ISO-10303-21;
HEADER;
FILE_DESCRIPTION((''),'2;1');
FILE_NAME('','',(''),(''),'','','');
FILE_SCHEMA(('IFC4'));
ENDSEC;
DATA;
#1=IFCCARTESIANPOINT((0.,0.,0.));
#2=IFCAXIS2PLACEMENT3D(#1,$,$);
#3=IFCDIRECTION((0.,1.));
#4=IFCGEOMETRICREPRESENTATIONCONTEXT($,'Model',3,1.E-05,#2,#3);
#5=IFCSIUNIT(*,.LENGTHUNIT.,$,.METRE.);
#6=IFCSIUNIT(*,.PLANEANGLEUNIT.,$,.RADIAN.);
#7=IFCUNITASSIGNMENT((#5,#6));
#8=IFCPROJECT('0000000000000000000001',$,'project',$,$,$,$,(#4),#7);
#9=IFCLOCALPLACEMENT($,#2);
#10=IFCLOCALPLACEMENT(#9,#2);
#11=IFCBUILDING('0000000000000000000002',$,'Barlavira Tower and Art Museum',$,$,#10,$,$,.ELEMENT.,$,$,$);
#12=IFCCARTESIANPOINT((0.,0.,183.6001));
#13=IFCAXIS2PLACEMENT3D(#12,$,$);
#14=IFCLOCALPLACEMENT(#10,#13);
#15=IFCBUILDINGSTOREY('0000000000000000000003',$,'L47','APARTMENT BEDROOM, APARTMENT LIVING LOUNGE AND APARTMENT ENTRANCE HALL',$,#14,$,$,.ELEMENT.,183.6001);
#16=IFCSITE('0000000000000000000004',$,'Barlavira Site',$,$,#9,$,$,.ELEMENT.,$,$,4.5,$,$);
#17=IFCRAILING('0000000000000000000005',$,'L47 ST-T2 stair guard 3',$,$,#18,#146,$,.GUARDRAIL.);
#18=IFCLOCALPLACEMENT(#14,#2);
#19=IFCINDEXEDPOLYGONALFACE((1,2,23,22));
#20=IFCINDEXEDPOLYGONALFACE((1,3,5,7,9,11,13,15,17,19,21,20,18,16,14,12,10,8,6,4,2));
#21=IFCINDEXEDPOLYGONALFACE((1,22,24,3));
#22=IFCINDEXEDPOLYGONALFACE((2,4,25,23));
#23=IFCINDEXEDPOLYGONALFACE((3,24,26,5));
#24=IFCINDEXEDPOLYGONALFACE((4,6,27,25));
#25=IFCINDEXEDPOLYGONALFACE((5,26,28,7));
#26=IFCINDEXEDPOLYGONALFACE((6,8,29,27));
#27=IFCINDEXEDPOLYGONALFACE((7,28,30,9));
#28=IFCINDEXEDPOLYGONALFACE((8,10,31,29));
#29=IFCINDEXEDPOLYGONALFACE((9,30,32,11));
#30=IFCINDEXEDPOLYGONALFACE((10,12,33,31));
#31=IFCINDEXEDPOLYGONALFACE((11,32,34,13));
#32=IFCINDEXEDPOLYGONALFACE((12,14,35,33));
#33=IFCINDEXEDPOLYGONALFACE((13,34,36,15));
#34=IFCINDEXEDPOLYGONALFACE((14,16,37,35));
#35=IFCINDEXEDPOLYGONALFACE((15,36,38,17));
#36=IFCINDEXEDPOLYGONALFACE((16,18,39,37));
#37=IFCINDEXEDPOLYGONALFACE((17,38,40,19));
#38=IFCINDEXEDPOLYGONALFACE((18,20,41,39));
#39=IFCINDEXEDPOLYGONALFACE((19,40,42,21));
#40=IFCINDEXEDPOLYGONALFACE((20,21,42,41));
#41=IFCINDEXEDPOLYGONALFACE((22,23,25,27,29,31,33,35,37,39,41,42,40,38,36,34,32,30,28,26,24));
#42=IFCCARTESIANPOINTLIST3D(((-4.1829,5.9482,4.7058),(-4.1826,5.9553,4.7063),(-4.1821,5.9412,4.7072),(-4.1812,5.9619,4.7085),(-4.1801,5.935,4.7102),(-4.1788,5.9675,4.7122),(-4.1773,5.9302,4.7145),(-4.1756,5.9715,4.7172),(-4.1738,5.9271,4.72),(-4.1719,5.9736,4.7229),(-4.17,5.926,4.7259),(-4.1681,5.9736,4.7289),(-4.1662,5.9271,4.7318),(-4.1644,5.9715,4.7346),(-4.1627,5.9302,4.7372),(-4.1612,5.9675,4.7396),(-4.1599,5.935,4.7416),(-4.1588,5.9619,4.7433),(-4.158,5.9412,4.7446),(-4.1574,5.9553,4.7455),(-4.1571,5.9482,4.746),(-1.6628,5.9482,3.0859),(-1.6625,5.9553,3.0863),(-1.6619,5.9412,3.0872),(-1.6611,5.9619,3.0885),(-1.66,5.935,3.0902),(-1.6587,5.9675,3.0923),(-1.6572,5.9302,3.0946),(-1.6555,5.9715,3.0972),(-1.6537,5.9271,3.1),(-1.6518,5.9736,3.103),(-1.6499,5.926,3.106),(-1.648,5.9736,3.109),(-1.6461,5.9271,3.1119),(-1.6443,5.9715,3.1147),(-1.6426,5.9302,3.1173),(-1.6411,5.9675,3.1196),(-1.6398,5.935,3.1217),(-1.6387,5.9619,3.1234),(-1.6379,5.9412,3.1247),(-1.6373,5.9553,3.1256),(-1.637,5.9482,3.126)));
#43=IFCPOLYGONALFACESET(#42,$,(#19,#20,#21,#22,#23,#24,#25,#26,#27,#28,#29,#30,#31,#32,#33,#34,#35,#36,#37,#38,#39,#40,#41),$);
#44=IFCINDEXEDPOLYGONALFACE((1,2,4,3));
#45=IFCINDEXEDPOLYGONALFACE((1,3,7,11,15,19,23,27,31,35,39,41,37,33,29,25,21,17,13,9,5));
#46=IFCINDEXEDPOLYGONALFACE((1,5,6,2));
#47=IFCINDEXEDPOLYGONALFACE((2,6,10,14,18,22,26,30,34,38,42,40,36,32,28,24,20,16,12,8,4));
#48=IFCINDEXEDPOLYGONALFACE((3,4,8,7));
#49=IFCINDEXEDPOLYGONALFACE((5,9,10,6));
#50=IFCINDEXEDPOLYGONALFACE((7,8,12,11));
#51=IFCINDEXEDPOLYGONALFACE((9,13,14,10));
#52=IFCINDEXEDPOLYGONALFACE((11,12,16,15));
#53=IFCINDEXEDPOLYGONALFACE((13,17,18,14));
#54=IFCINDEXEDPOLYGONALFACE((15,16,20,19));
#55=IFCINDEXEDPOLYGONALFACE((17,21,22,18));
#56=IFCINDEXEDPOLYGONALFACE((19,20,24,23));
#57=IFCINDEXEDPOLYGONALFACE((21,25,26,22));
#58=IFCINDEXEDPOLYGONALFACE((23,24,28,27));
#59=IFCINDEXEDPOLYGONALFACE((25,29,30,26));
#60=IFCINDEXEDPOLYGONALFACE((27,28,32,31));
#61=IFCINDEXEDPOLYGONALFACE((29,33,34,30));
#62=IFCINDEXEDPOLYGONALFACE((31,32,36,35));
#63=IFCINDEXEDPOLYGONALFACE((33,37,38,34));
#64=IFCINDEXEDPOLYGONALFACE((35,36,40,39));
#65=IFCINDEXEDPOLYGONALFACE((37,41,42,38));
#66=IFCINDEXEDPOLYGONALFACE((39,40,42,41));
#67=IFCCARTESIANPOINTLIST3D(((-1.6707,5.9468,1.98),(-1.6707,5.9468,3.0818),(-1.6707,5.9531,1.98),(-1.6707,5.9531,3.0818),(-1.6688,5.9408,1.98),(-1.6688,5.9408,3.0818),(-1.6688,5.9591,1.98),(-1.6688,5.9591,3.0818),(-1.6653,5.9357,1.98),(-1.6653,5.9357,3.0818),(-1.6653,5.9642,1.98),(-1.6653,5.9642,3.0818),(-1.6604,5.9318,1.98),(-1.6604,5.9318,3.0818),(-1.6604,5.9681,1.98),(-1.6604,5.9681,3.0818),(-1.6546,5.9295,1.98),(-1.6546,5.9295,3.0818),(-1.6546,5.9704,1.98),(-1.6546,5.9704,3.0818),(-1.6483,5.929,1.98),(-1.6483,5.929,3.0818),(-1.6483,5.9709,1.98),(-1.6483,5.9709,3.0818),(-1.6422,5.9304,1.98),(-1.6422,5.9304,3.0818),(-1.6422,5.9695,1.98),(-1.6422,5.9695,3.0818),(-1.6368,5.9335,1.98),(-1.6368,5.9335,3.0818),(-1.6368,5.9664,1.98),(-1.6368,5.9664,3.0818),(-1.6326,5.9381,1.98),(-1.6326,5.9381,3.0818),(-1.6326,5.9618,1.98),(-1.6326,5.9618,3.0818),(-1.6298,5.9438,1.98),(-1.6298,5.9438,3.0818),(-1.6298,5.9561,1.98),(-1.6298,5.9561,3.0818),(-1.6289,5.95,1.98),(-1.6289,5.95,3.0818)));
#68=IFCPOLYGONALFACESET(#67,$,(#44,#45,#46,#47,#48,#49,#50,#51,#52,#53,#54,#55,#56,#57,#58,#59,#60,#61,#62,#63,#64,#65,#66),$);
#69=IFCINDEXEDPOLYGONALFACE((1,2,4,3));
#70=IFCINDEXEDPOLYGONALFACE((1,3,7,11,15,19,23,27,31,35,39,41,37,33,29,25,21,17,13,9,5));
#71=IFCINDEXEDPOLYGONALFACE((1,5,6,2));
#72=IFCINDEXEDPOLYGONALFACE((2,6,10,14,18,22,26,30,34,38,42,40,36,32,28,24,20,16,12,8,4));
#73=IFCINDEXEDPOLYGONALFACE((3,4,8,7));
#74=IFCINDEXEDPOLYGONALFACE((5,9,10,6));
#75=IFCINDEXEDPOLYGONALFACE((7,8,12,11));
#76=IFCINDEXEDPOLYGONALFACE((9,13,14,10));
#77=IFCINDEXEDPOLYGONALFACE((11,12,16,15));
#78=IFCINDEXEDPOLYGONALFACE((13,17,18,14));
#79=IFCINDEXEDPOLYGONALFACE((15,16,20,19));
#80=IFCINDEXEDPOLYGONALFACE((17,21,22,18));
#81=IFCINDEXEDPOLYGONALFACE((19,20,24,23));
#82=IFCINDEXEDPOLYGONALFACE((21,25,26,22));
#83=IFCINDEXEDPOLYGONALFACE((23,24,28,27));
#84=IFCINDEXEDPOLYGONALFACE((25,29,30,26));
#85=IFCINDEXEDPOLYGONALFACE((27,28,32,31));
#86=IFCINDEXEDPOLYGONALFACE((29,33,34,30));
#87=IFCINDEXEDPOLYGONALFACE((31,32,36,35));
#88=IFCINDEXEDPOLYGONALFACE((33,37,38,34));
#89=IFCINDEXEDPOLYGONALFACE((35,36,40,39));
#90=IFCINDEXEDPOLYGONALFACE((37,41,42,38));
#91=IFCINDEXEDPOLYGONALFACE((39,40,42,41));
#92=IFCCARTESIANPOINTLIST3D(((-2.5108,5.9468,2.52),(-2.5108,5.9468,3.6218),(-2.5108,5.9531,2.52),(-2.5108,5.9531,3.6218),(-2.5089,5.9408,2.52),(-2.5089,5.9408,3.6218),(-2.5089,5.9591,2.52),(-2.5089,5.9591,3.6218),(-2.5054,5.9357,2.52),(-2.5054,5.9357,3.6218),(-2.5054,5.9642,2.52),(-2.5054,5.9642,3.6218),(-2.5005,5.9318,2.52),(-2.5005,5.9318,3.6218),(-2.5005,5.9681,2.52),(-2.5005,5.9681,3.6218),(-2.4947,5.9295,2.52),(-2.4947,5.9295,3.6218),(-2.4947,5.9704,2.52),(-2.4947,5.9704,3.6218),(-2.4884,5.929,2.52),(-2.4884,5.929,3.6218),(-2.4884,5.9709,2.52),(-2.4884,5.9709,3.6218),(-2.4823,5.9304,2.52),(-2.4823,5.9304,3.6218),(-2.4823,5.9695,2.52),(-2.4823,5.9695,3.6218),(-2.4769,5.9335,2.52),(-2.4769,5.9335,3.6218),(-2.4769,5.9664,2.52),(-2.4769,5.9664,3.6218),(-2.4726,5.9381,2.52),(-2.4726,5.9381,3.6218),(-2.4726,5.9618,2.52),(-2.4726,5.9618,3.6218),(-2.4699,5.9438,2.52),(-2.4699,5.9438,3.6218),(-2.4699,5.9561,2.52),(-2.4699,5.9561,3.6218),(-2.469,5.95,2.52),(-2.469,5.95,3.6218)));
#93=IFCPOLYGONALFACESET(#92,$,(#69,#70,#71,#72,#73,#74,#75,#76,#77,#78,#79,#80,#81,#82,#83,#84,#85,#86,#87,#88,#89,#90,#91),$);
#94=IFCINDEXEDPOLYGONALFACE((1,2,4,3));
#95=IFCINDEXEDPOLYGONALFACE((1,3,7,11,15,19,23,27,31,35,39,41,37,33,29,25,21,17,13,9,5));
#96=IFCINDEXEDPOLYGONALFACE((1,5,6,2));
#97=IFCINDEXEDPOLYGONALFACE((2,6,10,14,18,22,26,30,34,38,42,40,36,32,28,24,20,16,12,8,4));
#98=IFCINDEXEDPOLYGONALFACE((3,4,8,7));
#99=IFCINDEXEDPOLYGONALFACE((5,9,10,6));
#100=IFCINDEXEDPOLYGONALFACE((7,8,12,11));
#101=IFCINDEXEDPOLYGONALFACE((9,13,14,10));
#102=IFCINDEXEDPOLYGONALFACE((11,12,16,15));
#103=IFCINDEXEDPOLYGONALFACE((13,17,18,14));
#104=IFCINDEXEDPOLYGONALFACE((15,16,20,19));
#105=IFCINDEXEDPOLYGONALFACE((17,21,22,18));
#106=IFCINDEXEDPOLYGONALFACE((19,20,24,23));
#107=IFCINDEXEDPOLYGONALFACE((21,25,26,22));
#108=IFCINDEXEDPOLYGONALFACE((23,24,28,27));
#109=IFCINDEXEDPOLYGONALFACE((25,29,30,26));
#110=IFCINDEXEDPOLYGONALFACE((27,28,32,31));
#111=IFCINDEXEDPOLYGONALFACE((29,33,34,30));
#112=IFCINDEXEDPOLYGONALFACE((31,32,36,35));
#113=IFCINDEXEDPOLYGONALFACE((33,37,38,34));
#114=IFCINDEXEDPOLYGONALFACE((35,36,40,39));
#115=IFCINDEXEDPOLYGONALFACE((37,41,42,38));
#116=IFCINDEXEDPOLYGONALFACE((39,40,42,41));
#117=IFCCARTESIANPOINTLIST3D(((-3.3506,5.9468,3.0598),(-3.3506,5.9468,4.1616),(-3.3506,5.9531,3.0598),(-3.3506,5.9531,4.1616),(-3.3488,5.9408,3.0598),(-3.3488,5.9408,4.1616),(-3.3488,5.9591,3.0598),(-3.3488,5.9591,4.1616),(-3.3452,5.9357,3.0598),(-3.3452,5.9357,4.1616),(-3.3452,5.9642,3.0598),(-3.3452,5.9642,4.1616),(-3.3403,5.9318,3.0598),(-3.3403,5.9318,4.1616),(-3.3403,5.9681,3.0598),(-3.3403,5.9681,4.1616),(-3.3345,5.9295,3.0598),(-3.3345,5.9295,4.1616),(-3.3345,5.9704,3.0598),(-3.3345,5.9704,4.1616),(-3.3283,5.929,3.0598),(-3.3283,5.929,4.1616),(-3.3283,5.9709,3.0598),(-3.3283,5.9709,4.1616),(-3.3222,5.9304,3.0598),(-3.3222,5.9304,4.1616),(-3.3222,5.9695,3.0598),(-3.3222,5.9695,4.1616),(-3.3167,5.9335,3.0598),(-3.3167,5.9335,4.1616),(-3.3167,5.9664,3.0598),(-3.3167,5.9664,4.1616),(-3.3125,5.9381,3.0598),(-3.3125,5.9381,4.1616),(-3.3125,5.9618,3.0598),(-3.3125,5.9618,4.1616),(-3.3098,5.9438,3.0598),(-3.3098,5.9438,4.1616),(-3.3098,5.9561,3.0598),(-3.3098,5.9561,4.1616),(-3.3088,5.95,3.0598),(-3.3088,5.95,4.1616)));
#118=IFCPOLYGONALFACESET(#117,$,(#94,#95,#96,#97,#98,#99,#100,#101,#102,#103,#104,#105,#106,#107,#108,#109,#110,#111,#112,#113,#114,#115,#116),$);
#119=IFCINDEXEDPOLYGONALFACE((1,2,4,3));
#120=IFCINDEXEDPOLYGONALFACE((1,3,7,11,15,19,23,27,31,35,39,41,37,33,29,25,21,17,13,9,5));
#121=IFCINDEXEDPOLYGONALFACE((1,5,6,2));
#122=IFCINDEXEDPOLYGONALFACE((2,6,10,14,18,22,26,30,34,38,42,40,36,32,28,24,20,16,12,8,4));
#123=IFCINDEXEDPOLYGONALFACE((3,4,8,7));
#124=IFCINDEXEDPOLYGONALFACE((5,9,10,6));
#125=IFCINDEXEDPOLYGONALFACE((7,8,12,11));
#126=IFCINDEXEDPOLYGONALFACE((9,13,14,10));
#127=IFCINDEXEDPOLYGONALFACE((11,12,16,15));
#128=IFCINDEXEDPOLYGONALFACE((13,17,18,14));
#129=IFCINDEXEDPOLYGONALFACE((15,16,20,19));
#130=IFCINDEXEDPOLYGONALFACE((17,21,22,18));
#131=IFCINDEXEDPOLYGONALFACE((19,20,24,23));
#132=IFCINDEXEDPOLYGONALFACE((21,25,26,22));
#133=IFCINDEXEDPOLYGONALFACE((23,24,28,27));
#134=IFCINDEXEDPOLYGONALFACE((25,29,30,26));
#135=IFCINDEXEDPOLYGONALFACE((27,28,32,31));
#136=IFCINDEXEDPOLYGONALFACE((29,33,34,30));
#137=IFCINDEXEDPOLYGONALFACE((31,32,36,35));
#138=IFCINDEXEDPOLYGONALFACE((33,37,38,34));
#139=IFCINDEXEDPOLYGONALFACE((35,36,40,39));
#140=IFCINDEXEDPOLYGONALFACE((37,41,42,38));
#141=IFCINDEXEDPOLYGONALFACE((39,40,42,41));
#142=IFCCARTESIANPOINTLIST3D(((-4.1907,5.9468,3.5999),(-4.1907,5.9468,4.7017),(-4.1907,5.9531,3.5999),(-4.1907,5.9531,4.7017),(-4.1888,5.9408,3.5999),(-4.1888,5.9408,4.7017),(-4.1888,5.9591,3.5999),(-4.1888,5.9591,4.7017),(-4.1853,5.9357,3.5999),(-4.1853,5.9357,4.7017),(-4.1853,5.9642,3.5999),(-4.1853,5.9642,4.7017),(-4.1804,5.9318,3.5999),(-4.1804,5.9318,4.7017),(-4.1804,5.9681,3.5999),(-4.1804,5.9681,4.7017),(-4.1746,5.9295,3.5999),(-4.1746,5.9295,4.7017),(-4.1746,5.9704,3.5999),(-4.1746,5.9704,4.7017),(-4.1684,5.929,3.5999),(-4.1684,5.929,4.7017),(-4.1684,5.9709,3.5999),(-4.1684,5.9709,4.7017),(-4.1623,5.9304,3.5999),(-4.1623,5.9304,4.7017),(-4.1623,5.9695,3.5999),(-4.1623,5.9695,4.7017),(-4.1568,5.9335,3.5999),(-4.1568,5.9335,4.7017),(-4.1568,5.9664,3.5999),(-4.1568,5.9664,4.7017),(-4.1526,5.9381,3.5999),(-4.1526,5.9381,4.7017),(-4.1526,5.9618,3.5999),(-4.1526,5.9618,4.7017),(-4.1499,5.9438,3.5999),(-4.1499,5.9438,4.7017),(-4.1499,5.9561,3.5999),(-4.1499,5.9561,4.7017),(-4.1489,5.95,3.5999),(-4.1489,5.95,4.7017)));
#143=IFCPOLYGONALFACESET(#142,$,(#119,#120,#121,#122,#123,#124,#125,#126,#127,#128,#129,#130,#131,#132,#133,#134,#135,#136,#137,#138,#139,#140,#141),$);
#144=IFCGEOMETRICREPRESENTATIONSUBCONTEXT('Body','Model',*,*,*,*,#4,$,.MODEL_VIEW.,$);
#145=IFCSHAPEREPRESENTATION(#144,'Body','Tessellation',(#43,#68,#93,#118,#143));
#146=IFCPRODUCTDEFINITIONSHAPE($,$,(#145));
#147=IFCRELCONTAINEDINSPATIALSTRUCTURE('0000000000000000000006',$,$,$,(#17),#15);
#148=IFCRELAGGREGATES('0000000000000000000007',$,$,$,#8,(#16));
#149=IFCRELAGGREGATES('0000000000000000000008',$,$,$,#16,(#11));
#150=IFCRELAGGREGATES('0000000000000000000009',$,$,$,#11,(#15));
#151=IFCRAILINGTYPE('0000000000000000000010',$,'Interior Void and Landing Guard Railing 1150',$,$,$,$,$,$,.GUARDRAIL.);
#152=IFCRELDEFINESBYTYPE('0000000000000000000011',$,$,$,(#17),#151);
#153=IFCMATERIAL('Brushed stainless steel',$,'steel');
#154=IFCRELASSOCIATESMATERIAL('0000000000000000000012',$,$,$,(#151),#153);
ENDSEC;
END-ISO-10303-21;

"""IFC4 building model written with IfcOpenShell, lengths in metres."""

from ifc_helpers import new_model, si_unit, direction, frame, origin, origin_2d, place, context, subcontext, project, spatial, circle, extrude, material, type_object, element, save


model = new_model("IFC4")

# Units and contexts
model_context = context("Model", 3, precision=1e-05, world=origin(), true_north=direction((0.0, 1.0)))
body_context = subcontext(model_context, "Body", "Model", "MODEL_VIEW")
ifc_project = project(units=[si_unit("LENGTHUNIT", "METRE"), si_unit("PLANEANGLEUNIT", "RADIAN")], contexts=[model_context])

# Site, building, storey
site_placement = place(None, origin())
site = spatial("IfcSite", under=ifc_project, at=site_placement, Name="Barlavira Site", CompositionType="ELEMENT", RefElevation=4.5)
building_placement = place(site_placement, origin())
building = spatial("IfcBuilding", under=site, at=building_placement, Name="Barlavira Tower and Art Museum", CompositionType="ELEMENT")
storey_placement = place(building_placement, frame((0.0, 0.0, 183.6001)))
storey = spatial("IfcBuildingStorey", under=building, at=storey_placement, Name="L47", Description="APARTMENT BEDROOM, APARTMENT LIVING LOUNGE AND APARTMENT ENTRANCE HALL", CompositionType="ELEMENT", Elevation=183.6001)

# Shared definitions
ifc_material_1 = material(Name="Brushed stainless steel", Category="steel")

# Railing
railing_type_1 = type_object("IfcRailingType", Name="Interior Void and Landing Guard Railing 1150", PredefinedType="GUARDRAIL", material=ifc_material_1)
railing_1_placement = place(storey_placement, frame((-1.6499, 5.95, 1.98)))
element("IfcRailing", 1, at=railing_1_placement, inside=storey, type_object=railing_type_1, Name="L47 ST-T2 stair guard 3", PredefinedType="GUARDRAIL", context=body_context, shape_type="SweptSolid", body=[
    extrude(circle(Radius=0.0239, at=origin_2d()), frame((0.0, 0.0, 1.126), z_axis=(-0.8412, 0.0, 0.540725), x_axis=(0.0, -1.0, 0.0)), (0.0, 0.0, 1.0), 2.9958),
    extrude(circle(Radius=0.021, at=origin_2d()), origin(), (0.0, 0.0, 1.0), 1.1018),
    extrude(circle(Radius=0.021, at=origin_2d()), frame((-0.8401, 0.0, 0.54)), (0.0, 0.0, 1.0), 1.1018),
    extrude(circle(Radius=0.021, at=origin_2d()), frame((-1.6799, 0.0, 1.0798)), (0.0, 0.0, 1.0), 1.1018),
    extrude(circle(Radius=0.021, at=origin_2d()), frame((-2.52, 0.0, 1.6199)), (0.0, 0.0, 1.0), 1.1018),
])

save(model, "model.ifc")
